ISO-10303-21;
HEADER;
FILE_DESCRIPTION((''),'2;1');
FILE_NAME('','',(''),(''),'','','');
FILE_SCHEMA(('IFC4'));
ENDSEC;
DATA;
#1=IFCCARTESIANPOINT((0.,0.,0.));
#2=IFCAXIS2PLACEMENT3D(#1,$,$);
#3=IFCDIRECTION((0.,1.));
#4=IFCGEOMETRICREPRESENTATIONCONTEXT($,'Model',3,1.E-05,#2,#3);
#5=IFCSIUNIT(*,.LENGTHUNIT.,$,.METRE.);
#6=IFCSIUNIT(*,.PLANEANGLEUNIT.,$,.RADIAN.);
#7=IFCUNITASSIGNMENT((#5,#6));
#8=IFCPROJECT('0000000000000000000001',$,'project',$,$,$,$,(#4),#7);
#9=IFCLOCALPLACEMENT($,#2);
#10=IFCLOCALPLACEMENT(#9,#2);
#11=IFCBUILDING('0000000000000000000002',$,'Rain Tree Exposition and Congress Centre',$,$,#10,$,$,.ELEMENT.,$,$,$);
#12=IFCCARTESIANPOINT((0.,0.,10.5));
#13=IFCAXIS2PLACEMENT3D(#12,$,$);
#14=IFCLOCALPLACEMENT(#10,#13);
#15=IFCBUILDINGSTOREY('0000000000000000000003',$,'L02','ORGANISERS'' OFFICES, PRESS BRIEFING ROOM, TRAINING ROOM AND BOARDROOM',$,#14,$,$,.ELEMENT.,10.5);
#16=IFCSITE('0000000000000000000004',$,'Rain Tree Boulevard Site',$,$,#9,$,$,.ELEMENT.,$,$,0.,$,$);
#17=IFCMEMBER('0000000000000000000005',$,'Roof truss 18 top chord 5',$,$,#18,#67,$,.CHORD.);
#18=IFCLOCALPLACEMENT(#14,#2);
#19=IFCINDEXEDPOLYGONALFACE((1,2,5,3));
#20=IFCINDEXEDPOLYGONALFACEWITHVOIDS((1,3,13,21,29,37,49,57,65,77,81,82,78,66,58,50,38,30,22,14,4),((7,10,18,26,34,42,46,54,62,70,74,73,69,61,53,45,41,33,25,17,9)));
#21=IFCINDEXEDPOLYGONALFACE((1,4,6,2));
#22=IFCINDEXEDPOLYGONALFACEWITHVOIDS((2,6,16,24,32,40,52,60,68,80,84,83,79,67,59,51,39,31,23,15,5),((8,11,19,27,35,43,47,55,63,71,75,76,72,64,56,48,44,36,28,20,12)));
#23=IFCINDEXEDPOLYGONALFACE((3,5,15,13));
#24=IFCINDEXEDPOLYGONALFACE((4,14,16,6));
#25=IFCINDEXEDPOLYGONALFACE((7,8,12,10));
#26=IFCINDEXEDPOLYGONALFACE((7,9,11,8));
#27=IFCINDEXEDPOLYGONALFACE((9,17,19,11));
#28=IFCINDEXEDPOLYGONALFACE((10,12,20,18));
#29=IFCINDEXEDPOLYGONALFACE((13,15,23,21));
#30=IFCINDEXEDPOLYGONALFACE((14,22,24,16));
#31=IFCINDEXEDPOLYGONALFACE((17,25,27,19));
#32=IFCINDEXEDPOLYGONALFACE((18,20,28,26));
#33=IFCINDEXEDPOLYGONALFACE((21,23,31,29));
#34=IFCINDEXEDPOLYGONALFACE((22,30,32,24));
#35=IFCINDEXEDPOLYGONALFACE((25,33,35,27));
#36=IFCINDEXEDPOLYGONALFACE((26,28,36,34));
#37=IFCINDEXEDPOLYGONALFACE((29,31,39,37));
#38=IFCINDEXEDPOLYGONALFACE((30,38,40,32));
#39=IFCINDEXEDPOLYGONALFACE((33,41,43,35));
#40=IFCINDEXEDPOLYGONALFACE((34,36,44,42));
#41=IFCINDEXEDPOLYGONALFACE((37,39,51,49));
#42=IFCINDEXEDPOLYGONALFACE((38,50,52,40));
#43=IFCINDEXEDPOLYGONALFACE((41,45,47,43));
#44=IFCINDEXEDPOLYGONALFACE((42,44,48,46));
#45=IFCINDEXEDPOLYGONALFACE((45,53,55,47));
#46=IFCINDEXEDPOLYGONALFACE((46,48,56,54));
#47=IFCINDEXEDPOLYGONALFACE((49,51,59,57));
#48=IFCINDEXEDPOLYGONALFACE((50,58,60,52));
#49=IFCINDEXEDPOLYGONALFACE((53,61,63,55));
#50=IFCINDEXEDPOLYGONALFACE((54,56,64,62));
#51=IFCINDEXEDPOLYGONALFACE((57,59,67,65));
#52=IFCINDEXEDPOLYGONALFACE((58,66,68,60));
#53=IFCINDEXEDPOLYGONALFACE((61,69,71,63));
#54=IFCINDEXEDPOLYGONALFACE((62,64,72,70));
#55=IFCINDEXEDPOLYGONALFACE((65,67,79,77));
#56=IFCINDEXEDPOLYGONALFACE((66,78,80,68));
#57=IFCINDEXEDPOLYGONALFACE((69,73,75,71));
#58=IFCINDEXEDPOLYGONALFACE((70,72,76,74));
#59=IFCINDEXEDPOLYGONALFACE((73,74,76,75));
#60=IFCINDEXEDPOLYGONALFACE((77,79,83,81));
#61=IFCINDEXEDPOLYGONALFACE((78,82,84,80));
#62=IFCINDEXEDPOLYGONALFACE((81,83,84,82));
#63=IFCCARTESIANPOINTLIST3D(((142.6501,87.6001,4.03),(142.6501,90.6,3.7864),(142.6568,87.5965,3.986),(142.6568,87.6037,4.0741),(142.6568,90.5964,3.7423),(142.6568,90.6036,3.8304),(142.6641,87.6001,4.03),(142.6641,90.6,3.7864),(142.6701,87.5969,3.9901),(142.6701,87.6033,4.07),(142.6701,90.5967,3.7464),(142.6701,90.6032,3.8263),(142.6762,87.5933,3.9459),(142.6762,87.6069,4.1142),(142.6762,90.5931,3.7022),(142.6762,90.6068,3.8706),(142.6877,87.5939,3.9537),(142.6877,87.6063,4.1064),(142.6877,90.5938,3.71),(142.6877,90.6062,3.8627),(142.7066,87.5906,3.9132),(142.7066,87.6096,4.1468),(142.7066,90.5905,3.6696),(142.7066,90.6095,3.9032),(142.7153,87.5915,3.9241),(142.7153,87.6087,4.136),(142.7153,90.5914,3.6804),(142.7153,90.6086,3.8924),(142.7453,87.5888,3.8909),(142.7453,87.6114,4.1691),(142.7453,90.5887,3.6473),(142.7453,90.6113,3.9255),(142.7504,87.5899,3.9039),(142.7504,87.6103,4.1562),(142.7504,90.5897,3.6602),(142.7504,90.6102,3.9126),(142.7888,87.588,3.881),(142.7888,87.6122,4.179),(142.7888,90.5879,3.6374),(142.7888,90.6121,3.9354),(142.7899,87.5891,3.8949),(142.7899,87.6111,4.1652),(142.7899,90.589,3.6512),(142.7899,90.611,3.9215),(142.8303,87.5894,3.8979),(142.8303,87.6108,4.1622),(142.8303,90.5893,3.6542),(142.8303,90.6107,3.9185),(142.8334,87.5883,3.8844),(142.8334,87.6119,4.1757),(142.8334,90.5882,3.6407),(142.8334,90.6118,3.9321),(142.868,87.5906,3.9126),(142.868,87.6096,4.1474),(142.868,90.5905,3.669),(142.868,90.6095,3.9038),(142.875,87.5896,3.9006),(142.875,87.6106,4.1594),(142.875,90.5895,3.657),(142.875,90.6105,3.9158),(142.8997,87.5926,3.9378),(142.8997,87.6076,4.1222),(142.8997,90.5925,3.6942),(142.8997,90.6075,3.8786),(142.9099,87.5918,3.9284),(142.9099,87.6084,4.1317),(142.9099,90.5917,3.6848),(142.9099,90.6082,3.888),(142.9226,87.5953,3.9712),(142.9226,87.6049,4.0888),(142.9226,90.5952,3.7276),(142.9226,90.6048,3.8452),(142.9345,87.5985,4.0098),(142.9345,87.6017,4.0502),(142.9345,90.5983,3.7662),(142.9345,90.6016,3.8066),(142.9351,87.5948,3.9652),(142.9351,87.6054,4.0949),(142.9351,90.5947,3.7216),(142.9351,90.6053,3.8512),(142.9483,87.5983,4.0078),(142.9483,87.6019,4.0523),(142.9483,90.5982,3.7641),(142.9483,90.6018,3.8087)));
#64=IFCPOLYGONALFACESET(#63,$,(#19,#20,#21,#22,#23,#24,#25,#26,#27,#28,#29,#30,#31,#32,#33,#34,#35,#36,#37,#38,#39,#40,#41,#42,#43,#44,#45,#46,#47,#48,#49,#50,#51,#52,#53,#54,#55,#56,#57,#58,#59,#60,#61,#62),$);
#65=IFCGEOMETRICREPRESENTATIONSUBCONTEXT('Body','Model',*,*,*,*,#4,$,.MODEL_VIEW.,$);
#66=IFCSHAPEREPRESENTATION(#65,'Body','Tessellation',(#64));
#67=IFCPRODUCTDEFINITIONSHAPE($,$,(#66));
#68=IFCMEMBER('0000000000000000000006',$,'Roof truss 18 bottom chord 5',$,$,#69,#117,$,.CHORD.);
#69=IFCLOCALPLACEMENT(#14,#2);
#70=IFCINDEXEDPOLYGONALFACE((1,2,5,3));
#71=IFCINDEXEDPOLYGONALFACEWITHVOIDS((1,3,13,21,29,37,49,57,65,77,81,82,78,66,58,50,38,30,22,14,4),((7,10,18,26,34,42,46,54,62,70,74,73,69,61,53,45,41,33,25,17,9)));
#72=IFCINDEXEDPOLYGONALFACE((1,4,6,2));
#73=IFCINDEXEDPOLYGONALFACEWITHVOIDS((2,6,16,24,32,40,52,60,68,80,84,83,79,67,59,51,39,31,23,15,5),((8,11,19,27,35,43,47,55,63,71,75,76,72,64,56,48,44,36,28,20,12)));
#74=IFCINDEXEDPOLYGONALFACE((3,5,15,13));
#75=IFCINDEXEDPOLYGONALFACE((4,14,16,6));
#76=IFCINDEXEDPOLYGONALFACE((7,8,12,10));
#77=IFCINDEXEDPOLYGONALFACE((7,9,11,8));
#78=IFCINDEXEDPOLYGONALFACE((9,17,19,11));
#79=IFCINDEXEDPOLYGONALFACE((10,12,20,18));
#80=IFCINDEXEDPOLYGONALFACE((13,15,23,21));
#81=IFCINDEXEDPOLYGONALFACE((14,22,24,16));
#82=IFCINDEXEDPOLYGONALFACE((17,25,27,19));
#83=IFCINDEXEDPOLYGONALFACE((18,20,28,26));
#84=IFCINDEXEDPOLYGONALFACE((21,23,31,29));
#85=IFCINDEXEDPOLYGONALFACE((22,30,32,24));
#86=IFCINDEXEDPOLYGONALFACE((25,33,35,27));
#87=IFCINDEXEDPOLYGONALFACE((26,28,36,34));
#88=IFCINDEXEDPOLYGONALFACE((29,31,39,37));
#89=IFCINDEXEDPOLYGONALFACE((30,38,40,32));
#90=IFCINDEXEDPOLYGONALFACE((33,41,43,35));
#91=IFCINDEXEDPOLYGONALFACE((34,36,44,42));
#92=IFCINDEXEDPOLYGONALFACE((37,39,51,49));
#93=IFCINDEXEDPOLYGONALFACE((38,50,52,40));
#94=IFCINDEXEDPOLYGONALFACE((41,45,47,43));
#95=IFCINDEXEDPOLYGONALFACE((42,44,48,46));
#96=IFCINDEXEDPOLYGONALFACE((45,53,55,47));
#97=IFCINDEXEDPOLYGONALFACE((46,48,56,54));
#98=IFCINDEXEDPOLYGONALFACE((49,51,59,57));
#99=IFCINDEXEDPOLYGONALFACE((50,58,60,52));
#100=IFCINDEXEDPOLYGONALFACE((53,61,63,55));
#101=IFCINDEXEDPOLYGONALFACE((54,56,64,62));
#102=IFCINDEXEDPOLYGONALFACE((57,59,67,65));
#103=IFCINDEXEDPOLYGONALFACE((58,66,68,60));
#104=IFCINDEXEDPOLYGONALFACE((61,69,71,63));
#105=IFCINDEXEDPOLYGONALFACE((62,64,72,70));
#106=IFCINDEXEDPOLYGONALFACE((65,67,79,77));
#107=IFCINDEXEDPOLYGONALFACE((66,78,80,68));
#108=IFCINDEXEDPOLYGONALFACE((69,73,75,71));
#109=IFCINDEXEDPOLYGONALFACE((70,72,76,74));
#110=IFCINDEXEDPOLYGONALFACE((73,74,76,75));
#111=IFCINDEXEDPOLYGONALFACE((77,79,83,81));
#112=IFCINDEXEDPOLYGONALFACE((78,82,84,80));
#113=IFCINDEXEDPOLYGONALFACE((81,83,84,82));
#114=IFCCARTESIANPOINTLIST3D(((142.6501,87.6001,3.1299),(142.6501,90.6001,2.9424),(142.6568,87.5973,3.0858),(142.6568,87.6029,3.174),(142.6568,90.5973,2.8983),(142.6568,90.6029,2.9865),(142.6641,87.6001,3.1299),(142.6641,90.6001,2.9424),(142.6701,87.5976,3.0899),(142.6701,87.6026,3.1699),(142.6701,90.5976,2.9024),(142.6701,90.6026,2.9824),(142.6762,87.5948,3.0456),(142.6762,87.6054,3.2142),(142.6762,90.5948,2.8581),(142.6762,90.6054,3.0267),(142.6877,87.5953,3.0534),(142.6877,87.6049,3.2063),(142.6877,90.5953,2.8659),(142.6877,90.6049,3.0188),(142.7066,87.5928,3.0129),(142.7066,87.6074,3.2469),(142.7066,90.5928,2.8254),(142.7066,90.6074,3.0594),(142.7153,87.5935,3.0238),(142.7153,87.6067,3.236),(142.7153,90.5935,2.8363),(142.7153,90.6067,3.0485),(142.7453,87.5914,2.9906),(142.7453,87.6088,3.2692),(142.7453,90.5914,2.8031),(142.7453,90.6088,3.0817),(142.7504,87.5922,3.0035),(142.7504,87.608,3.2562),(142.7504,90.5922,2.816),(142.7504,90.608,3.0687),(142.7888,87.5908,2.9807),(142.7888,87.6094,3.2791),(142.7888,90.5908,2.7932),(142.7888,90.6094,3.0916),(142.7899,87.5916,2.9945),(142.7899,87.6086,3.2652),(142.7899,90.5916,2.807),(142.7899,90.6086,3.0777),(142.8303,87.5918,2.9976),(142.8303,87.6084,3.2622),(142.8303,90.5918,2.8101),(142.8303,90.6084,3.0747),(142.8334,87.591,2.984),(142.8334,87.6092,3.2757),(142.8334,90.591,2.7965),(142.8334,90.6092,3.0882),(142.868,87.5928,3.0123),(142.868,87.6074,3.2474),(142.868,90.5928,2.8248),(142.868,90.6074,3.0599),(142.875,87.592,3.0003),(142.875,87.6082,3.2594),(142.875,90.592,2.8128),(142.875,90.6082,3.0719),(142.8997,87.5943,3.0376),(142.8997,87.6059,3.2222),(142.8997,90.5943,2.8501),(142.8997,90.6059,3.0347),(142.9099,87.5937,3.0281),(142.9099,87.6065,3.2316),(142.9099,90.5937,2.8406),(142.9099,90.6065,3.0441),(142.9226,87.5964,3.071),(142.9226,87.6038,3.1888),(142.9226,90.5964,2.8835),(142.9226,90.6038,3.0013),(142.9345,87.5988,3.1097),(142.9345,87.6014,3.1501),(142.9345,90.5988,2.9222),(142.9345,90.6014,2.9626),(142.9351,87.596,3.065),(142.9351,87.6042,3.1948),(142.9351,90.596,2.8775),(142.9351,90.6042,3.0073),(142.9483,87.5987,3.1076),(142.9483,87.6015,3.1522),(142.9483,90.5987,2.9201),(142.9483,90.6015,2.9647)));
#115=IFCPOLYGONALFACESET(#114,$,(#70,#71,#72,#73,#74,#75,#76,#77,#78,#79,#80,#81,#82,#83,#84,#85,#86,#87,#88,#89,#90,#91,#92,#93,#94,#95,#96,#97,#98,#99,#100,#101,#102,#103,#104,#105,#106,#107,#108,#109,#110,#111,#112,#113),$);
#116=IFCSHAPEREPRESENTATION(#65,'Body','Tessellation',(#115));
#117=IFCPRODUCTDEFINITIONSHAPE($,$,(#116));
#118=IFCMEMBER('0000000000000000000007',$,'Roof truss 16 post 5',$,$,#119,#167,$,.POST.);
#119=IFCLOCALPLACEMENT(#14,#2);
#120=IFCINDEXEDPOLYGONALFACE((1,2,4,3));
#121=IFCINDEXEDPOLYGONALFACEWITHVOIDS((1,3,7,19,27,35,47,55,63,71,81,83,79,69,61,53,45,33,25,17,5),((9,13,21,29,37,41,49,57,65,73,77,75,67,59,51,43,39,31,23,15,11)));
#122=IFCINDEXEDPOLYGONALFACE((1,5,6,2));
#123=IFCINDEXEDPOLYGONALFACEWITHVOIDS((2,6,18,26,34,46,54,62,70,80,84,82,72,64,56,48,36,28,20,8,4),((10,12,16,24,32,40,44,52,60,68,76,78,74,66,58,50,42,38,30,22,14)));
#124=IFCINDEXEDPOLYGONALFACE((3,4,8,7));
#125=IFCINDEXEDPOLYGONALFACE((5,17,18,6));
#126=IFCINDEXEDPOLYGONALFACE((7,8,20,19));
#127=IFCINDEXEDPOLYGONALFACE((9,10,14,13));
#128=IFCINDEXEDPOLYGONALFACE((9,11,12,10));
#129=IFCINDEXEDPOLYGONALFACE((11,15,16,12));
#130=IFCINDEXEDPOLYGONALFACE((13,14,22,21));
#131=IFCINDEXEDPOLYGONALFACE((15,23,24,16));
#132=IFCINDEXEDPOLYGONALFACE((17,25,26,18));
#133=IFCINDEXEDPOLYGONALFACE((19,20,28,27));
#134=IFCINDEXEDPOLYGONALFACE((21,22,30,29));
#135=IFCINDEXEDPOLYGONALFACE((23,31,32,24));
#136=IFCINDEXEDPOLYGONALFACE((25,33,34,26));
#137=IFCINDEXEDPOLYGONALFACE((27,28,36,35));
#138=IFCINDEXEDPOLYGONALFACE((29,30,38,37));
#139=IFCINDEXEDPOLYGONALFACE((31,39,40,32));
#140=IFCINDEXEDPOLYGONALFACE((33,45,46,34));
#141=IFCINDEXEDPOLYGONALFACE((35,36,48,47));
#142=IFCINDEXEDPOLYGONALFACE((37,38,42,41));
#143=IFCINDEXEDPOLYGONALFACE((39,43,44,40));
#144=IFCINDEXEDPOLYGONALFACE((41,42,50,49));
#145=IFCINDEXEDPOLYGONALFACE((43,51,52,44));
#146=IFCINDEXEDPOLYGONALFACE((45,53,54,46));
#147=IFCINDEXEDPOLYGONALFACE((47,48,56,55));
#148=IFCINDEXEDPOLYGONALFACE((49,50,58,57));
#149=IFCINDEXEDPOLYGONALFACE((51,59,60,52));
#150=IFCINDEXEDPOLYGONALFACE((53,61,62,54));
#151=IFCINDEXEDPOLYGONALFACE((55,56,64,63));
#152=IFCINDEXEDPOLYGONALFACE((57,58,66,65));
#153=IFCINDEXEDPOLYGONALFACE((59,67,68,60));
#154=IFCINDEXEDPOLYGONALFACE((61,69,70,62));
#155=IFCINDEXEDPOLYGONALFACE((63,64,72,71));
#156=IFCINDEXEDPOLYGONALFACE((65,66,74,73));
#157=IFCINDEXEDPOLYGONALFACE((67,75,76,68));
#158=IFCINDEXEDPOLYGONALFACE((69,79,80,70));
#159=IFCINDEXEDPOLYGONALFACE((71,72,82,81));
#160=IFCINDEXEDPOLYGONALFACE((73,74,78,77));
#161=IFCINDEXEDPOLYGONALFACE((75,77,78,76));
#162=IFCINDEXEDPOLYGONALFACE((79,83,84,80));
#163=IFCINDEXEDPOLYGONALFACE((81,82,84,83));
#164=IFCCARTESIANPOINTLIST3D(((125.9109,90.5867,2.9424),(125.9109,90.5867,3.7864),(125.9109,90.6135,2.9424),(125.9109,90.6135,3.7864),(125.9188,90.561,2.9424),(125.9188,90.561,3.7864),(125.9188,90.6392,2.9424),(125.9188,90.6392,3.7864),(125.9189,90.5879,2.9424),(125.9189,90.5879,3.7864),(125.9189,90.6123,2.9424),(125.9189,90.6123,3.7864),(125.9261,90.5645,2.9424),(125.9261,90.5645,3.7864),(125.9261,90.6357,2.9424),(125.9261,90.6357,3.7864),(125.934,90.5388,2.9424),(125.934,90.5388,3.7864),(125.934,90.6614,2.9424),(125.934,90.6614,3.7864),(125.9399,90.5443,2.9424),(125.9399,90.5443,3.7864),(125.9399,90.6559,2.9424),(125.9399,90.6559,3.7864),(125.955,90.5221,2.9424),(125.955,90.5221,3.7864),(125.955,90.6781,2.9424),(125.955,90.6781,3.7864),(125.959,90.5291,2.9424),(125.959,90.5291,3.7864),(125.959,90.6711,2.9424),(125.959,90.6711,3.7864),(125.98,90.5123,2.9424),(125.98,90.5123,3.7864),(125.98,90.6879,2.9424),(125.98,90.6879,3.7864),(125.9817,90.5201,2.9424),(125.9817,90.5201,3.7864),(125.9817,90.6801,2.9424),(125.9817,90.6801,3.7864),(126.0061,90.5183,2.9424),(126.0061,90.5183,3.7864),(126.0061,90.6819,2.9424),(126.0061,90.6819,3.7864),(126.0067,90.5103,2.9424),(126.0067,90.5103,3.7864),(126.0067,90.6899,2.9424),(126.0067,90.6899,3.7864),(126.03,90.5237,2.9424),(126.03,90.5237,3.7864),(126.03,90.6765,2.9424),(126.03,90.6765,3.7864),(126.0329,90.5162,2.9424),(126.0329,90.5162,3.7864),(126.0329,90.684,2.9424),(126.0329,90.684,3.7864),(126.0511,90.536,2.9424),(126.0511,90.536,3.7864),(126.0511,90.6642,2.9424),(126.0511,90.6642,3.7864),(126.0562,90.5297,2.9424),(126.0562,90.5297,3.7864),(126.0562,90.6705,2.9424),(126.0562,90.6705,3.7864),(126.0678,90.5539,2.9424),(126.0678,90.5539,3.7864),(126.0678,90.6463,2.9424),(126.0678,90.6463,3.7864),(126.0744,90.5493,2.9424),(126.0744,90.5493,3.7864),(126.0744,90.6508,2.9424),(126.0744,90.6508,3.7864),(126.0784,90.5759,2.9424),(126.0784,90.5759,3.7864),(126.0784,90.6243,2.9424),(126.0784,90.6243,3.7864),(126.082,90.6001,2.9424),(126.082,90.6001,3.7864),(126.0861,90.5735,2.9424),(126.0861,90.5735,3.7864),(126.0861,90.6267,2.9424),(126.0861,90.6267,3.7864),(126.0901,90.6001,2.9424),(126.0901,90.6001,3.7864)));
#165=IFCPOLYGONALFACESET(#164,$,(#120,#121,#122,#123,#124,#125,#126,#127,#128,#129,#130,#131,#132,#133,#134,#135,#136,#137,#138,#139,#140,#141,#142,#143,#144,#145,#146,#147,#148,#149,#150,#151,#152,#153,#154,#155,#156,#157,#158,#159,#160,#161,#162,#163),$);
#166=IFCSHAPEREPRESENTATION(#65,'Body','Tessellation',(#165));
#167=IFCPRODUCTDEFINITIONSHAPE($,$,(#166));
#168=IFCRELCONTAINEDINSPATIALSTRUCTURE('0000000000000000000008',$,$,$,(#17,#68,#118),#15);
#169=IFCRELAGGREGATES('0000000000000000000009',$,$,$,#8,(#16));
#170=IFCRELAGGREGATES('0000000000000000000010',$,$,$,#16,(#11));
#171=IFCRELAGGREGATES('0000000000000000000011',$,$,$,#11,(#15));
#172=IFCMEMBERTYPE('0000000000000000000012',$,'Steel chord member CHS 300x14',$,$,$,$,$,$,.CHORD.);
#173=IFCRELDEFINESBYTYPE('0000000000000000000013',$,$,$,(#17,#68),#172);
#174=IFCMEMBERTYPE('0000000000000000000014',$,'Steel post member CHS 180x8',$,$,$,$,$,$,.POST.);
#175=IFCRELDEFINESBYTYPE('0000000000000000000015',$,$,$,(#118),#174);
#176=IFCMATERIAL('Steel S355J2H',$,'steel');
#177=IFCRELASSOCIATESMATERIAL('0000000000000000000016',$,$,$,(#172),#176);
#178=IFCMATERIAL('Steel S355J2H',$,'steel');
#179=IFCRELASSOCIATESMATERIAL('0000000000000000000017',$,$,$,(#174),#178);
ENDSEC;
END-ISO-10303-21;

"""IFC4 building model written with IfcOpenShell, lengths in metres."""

from ifc_helpers import new_model, si_unit, direction, frame, origin, origin_2d, place, context, subcontext, project, spatial, hollow_circle, extrude, material, material_profile, profile_set, type_object, element, save


model = new_model("IFC4")

# Units and contexts
model_context = context("Model", 3, precision=1e-05, world=origin(), true_north=direction((0.0, 1.0)))
body_context = subcontext(model_context, "Body", "Model", "MODEL_VIEW")
ifc_project = project(units=[si_unit("LENGTHUNIT", "METRE"), si_unit("PLANEANGLEUNIT", "RADIAN")], contexts=[model_context])

# Site, building, storey
site_placement = place(None, origin())
site = spatial("IfcSite", under=ifc_project, at=site_placement, Name="Rain Tree Boulevard Site", CompositionType="ELEMENT", RefElevation=0.0)
building_placement = place(site_placement, origin())
building = spatial("IfcBuilding", under=site, at=building_placement, Name="Rain Tree Exposition and Congress Centre", CompositionType="ELEMENT")
storey_placement = place(building_placement, frame((0.0, 0.0, 10.5)))
storey = spatial("IfcBuildingStorey", under=building, at=storey_placement, Name="L02", Description="ORGANISERS' OFFICES, PRESS BRIEFING ROOM, TRAINING ROOM AND BOARDROOM", CompositionType="ELEMENT", Elevation=10.5)

# Members
ifc_material_1 = material(Name="Steel S355J2H", Category="steel")
ifc_material_profile_1 = material_profile(ifc_material_1, hollow_circle(Radius=0.1499, WallThickness=0.0139, at=origin_2d()), Name="CHS 300x14")
ifc_profile_set_1 = profile_set([ifc_material_profile_1], Name="Steel S355J2H")
member_type_1 = type_object("IfcMemberType", Name="Steel chord member CHS 300x14", PredefinedType="CHORD", material=ifc_profile_set_1)
member_1_placement = place(storey_placement, frame((142.8, 87.6001, 4.03), z_axis=(0.0, 0.996718, -0.080951), x_axis=(-1.0, 0.0, 0.0)))
element("IfcMember", 1, at=member_1_placement, inside=storey, type_object=member_type_1, Name="Roof truss 18 top chord 5", PredefinedType="CHORD", context=body_context, shape_type="SweptSolid", body=[
    extrude(hollow_circle(Radius=0.1499, WallThickness=0.0139, at=origin_2d()), origin(), (0.0, 0.0, 1.0), 3.0098),
])
member_2_placement = place(storey_placement, frame((142.8, 87.6001, 3.1299), z_axis=(0.0, 0.998053, -0.062378), x_axis=(-1.0, 0.0, 0.0)))
element("IfcMember", 2, at=member_2_placement, inside=storey, type_object=member_type_1, Name="Roof truss 18 bottom chord 5", PredefinedType="CHORD", context=body_context, shape_type="SweptSolid", body=[
    extrude(hollow_circle(Radius=0.1499, WallThickness=0.0139, at=origin_2d()), origin(), (0.0, 0.0, 1.0), 3.0059),
])
ifc_material_2 = material(Name="Steel S355J2H", Category="steel")
ifc_material_profile_2 = material_profile(ifc_material_2, hollow_circle(Radius=0.0901, WallThickness=0.0081, at=origin_2d()), Name="CHS 180x8")
ifc_profile_set_2 = profile_set([ifc_material_profile_2], Name="Steel S355J2H")
member_type_2 = type_object("IfcMemberType", Name="Steel post member CHS 180x8", PredefinedType="POST", material=ifc_profile_set_2)
member_3_placement = place(storey_placement, frame((126.0, 90.6001, 2.9424), z_axis=(0.0, 0.0, 1.0), x_axis=(1.0, 0.0, 0.0)))
element("IfcMember", 3, at=member_3_placement, inside=storey, type_object=member_type_2, Name="Roof truss 16 post 5", PredefinedType="POST", context=body_context, shape_type="SweptSolid", body=[
    extrude(hollow_circle(Radius=0.0901, WallThickness=0.0081, at=origin_2d()), origin(), (0.0, 0.0, 1.0), 0.844),
])

save(model, "model.ifc")
